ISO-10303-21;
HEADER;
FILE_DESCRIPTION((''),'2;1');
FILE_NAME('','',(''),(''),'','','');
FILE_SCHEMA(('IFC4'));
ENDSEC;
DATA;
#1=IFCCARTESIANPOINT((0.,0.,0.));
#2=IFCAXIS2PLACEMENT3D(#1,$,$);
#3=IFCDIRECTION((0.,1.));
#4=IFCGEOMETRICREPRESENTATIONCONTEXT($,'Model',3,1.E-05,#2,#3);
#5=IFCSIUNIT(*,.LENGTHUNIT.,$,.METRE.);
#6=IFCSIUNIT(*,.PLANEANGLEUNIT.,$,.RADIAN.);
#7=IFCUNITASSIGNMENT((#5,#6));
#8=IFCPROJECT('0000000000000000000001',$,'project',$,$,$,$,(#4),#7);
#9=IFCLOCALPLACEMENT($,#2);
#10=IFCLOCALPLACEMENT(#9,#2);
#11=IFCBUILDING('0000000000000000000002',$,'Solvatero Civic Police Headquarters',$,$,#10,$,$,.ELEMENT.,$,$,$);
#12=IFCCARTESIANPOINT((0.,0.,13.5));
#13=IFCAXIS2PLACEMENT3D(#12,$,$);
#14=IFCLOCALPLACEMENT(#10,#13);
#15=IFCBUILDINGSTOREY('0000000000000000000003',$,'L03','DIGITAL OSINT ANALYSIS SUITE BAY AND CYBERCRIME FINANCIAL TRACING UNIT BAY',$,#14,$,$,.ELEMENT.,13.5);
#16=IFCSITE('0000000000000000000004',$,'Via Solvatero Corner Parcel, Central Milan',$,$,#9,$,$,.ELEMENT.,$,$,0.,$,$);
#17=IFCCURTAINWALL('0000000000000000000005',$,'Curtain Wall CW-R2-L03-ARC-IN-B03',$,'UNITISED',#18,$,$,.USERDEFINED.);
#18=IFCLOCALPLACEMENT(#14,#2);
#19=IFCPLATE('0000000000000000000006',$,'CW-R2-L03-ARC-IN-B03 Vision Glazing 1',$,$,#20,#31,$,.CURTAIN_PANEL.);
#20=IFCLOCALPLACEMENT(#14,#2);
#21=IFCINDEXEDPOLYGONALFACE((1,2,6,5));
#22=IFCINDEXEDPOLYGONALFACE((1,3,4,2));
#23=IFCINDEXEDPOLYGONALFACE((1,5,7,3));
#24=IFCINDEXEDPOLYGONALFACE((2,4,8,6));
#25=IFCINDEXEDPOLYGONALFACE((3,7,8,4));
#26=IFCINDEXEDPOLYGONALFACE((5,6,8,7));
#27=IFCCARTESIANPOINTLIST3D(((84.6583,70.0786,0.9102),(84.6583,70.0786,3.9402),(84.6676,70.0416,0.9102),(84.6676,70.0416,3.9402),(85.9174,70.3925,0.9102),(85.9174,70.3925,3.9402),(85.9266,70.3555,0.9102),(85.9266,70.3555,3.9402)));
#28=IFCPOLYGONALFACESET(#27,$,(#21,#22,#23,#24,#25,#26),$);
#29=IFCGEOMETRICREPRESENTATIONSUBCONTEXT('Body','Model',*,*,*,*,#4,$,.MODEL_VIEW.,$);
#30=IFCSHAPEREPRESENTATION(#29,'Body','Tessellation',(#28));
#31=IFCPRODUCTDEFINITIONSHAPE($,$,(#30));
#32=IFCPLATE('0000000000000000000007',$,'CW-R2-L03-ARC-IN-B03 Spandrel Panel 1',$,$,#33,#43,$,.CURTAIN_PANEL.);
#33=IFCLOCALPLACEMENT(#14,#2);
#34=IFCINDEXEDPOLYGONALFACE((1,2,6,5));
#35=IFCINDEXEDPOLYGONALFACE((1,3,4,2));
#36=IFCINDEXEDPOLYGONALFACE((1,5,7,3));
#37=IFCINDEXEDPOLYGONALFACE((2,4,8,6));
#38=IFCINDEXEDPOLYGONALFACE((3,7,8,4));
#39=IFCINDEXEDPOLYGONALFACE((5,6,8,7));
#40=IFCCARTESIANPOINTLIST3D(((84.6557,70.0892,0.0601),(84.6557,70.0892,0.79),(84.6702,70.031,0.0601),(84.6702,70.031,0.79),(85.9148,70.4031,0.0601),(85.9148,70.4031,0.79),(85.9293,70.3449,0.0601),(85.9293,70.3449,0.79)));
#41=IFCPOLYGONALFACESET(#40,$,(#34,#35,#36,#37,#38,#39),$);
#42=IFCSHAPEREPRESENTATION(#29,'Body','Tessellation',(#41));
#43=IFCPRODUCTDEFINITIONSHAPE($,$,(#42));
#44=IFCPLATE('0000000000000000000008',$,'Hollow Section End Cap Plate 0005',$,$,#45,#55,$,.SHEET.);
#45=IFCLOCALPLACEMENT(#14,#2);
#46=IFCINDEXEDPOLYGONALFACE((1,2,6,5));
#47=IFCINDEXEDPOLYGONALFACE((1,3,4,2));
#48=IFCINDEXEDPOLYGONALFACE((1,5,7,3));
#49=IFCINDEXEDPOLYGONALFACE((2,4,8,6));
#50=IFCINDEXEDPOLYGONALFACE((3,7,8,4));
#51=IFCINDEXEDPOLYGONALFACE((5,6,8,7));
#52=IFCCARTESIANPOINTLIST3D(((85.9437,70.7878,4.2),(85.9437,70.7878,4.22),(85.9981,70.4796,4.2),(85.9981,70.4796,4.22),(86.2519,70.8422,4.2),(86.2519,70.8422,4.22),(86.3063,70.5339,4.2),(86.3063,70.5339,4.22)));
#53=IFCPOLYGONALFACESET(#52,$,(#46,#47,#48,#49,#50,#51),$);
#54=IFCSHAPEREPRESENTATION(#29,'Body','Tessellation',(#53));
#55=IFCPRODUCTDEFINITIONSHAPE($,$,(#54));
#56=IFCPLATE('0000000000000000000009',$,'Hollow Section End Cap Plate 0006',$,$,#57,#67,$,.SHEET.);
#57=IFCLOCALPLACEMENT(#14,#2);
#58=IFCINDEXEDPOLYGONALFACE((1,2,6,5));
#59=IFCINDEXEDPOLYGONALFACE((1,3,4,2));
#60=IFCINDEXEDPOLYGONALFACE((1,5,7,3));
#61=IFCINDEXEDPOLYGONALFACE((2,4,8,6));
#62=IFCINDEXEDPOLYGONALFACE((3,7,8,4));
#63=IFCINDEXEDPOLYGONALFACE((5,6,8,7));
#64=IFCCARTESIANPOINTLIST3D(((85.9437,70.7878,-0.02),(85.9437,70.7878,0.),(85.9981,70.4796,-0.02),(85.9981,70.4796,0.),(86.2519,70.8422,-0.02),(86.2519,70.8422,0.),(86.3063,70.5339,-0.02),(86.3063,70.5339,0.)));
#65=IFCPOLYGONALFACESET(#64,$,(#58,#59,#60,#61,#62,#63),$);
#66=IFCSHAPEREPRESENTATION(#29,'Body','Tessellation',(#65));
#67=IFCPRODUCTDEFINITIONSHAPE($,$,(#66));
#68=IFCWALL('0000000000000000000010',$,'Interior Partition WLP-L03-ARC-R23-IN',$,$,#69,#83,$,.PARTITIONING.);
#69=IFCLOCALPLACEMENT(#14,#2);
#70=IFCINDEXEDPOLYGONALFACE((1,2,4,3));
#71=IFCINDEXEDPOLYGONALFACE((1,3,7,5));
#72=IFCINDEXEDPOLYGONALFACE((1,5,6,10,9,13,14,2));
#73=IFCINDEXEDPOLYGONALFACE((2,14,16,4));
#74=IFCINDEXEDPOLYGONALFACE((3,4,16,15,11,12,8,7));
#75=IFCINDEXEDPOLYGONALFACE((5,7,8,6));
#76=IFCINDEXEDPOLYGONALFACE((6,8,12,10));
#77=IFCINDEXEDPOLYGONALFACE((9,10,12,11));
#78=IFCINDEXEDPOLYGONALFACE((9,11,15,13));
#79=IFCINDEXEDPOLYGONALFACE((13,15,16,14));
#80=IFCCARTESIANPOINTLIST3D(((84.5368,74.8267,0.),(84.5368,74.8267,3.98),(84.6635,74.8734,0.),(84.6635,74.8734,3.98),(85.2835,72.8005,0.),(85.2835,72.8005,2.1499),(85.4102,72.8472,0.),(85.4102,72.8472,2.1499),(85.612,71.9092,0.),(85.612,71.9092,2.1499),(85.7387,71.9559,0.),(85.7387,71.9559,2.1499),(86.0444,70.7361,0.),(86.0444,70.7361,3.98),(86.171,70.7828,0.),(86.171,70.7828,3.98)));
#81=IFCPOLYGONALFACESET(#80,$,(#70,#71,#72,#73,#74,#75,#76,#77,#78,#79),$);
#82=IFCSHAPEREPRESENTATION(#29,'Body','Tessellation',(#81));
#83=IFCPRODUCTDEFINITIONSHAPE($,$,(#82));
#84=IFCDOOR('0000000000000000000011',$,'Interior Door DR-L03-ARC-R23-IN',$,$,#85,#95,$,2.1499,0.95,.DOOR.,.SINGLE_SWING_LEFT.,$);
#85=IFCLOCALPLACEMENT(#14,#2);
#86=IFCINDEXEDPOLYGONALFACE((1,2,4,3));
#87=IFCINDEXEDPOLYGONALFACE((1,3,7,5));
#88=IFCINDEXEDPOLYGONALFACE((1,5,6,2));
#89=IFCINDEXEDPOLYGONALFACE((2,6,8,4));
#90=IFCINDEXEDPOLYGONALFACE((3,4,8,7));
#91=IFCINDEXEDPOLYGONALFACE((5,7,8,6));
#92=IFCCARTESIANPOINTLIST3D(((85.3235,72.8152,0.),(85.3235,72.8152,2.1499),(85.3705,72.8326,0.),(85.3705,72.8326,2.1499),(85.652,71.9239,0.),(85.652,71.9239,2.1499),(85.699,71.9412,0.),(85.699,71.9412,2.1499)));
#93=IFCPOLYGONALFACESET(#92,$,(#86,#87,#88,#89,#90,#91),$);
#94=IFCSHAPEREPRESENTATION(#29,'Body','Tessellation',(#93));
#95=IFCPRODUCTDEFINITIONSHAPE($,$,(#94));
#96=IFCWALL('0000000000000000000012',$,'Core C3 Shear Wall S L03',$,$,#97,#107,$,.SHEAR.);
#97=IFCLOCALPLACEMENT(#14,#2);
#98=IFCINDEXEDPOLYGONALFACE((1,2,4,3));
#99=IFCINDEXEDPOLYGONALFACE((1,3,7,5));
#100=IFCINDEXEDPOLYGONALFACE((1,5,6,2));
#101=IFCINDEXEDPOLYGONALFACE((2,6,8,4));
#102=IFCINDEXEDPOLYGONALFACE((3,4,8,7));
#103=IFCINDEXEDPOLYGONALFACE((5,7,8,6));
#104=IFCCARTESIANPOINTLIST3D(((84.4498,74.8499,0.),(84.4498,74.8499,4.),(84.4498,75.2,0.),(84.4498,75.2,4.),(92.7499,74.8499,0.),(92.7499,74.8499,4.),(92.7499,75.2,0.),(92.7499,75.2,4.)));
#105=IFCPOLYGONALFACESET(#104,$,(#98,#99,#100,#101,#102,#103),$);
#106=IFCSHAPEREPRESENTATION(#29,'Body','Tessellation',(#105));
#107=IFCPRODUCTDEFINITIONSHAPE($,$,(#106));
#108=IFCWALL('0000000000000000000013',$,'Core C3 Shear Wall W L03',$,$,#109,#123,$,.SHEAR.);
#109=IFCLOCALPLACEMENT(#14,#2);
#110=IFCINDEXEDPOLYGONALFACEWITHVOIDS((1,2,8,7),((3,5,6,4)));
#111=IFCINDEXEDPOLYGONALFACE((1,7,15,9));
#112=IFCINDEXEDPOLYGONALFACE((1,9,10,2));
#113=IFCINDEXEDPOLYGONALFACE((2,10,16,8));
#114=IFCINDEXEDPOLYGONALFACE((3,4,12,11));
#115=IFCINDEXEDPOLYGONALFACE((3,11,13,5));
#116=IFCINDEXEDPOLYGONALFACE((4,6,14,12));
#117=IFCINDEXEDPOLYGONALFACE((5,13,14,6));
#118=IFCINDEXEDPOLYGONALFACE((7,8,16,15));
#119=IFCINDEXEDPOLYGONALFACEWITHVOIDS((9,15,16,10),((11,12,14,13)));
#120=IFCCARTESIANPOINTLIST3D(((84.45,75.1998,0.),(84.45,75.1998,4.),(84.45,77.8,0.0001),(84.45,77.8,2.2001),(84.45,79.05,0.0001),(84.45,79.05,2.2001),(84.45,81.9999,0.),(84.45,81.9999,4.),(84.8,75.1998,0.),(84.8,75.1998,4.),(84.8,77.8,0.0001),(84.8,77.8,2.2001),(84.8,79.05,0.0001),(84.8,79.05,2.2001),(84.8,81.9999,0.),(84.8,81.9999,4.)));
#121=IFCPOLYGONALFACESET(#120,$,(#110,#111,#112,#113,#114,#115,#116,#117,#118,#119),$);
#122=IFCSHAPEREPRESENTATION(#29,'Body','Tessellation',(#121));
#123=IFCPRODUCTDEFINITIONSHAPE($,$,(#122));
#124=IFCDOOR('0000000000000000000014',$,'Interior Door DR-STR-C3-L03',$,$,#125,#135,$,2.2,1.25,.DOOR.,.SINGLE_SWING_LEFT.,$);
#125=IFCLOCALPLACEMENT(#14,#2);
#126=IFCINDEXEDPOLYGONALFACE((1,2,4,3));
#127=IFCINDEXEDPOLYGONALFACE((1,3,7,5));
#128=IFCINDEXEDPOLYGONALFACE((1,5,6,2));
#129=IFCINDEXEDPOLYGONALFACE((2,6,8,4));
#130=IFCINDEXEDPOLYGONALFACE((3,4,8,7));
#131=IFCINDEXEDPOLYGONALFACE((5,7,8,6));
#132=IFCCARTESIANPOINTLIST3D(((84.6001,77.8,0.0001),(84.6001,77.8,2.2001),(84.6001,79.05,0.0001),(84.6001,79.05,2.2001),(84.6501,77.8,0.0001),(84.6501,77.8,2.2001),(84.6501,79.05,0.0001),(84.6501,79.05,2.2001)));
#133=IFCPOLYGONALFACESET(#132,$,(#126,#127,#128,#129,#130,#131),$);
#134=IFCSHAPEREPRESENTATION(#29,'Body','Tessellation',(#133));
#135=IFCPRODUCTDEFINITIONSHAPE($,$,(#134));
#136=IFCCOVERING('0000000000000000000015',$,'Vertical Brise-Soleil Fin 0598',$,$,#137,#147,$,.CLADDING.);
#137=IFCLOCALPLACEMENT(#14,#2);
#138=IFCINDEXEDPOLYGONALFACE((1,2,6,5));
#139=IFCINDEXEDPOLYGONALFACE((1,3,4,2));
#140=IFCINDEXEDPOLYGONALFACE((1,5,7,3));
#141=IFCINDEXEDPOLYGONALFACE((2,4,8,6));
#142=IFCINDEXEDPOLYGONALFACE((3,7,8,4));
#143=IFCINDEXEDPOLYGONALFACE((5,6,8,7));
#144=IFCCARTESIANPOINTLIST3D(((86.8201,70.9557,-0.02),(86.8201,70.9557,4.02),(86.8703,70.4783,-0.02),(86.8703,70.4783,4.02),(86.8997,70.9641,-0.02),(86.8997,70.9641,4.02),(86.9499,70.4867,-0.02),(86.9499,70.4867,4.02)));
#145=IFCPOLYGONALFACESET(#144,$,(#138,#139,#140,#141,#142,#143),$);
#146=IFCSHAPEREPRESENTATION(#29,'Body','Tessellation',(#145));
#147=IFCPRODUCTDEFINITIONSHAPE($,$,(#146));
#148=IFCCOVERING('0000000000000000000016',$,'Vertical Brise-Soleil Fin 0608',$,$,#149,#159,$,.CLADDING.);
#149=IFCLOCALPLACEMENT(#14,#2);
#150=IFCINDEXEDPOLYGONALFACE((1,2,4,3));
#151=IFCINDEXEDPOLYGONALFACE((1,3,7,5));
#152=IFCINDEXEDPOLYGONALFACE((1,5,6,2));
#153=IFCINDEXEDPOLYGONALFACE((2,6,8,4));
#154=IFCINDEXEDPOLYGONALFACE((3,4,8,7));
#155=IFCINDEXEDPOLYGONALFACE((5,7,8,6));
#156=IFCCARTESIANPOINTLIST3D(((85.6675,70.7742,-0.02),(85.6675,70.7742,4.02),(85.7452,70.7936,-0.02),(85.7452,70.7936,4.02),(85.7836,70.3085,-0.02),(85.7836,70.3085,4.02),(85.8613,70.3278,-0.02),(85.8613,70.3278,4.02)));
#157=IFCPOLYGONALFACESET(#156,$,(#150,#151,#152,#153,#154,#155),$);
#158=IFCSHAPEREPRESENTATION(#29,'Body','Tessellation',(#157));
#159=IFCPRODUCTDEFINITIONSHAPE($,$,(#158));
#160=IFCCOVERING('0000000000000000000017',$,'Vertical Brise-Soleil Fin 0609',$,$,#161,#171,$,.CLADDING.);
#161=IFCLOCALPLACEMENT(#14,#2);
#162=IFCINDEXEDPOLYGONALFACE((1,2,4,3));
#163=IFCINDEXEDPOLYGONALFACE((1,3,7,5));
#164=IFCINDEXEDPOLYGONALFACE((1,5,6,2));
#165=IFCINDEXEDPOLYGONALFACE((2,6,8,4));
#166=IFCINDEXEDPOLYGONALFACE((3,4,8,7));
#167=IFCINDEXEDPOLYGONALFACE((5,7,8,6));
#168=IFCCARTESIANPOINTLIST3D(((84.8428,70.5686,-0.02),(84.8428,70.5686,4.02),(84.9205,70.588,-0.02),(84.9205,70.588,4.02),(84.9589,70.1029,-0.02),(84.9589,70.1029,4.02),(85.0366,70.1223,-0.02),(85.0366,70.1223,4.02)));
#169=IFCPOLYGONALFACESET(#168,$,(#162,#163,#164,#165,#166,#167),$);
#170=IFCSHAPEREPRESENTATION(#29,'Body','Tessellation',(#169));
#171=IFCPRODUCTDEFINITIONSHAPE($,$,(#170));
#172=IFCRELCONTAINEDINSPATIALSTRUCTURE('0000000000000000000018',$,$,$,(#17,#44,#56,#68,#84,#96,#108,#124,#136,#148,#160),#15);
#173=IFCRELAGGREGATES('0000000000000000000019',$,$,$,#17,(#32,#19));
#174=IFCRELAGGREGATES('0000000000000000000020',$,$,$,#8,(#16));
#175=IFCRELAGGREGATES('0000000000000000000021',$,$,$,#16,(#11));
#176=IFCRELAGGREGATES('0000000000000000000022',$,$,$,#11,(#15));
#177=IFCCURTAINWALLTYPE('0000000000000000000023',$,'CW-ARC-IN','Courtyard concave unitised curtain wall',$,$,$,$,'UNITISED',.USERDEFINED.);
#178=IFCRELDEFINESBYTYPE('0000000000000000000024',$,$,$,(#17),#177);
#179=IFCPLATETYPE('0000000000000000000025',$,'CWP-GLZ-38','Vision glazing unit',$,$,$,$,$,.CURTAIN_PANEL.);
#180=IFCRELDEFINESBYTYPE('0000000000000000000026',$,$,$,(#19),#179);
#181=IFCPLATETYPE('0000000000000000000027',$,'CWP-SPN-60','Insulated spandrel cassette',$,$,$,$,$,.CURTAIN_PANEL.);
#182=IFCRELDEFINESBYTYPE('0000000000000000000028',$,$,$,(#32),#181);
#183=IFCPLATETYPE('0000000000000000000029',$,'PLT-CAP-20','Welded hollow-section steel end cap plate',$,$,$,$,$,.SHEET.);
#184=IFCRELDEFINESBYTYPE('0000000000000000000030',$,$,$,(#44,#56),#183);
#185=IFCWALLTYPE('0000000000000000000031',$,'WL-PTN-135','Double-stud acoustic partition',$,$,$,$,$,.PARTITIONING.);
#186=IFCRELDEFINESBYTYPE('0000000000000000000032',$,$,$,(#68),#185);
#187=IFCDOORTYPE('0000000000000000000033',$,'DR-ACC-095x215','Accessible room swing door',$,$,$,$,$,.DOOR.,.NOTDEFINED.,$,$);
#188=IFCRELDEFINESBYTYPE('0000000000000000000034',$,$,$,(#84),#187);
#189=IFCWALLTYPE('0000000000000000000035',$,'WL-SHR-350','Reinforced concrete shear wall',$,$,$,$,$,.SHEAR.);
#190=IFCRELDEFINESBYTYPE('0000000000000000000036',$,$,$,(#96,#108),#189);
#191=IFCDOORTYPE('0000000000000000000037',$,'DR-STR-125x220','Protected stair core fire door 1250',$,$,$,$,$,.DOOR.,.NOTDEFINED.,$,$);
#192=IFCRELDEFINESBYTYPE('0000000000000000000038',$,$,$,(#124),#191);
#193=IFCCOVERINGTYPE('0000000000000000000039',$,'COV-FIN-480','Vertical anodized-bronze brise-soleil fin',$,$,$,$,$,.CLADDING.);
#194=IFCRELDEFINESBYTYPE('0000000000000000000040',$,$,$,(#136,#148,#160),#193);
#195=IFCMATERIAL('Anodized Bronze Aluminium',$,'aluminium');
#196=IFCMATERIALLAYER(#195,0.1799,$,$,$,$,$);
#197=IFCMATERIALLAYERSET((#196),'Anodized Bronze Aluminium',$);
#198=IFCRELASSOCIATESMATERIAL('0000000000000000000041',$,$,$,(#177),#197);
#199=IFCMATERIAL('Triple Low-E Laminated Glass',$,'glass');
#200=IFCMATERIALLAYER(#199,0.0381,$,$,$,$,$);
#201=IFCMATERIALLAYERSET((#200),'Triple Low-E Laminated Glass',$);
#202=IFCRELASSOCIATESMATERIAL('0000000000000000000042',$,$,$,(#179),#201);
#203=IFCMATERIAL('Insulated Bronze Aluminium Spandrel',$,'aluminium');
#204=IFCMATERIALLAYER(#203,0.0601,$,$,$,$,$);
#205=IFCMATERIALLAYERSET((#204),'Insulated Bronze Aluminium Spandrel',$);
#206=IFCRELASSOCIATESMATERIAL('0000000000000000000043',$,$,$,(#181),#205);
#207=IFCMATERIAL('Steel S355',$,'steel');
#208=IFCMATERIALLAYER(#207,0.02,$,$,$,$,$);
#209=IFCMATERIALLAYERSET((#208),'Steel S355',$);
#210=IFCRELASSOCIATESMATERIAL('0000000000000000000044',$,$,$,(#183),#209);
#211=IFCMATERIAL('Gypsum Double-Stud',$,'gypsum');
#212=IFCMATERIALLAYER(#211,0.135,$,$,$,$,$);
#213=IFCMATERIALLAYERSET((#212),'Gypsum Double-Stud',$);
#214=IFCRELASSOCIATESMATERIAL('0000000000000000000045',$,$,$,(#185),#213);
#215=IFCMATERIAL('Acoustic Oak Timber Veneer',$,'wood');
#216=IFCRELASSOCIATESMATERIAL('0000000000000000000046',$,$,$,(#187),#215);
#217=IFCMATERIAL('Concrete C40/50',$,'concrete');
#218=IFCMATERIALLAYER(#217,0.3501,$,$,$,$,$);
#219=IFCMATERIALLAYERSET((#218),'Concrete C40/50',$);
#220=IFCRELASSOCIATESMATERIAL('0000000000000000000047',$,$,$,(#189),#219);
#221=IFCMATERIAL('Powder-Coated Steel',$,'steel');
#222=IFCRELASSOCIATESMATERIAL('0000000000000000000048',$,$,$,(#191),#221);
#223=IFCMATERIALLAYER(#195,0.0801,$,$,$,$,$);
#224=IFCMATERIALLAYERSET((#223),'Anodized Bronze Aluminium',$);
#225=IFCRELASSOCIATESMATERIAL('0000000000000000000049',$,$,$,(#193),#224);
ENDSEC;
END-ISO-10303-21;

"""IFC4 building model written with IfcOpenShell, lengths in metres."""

from ifc_helpers import new_model, si_unit, direction, frame, frame_2d, origin, origin_2d, place, context, subcontext, project, spatial, rectangle, extrude, material, layer, layer_set, type_object, element, fill, aggregate, save


model = new_model("IFC4")

# Units and contexts
model_context = context("Model", 3, precision=1e-05, world=origin(), true_north=direction((0.0, 1.0)))
body_context = subcontext(model_context, "Body", "Model", "MODEL_VIEW")
ifc_project = project(units=[si_unit("LENGTHUNIT", "METRE"), si_unit("PLANEANGLEUNIT", "RADIAN")], contexts=[model_context])

# Site, building, storey
site_placement = place(None, origin())
site = spatial("IfcSite", under=ifc_project, at=site_placement, Name="Via Solvatero Corner Parcel, Central Milan", CompositionType="ELEMENT", RefElevation=0.0)
building_placement = place(site_placement, origin())
building = spatial("IfcBuilding", under=site, at=building_placement, Name="Solvatero Civic Police Headquarters", CompositionType="ELEMENT")
storey_placement = place(building_placement, frame((0.0, 0.0, 13.5)))
storey = spatial("IfcBuildingStorey", under=building, at=storey_placement, Name="L03", Description="DIGITAL OSINT ANALYSIS SUITE BAY AND CYBERCRIME FINANCIAL TRACING UNIT BAY", CompositionType="ELEMENT", Elevation=13.5)

# Shared definitions
ifc_material_1 = material(Name="Steel S355", Category="steel")

# Curtain wall
ifc_material_2 = material(Name="Anodized Bronze Aluminium", Category="aluminium")
ifc_layer_1 = layer(ifc_material_2, 0.1799)
ifc_layer_set_1 = layer_set([ifc_layer_1], Name="Anodized Bronze Aluminium")
curtain_wall_type = type_object("IfcCurtainWallType", Name="CW-ARC-IN", Description="Courtyard concave unitised curtain wall", ElementType="UNITISED", PredefinedType="USERDEFINED", material=ifc_layer_set_1)
curtain_wall_1_placement = place(storey_placement, origin())
curtain_wall_1 = element("IfcCurtainWall", 1, at=curtain_wall_1_placement, inside=storey, type_object=curtain_wall_type, Name="Curtain Wall CW-R2-L03-ARC-IN-B03", ObjectType="UNITISED", PredefinedType="USERDEFINED")

# Plates
ifc_material_3 = material(Name="Triple Low-E Laminated Glass", Category="glass")
ifc_layer_2 = layer(ifc_material_3, 0.0381)
ifc_layer_set_2 = layer_set([ifc_layer_2], Name="Triple Low-E Laminated Glass")
plate_type_1 = type_object("IfcPlateType", Name="CWP-GLZ-38", Description="Vision glazing unit", PredefinedType="CURTAIN_PANEL", material=ifc_layer_set_2)
plate_1_placement = place(storey_placement, frame((85.2925, 70.217, 0.9102), z_axis=(0.0, 0.0, 1.0), x_axis=(-0.9703, -0.241905, 0.0)))
plate_1 = element("IfcPlate", 2, at=plate_1_placement, type_object=plate_type_1, Name="CW-R2-L03-ARC-IN-B03 Vision Glazing 1", PredefinedType="CURTAIN_PANEL", context=body_context, shape_type="SweptSolid", body=[
    extrude(rectangle(XDim=1.2976, YDim=0.0381, at=origin_2d()), origin(), (0.0, 0.0, 1.0), 3.03),
])
ifc_material_4 = material(Name="Insulated Bronze Aluminium Spandrel", Category="aluminium")
ifc_layer_3 = layer(ifc_material_4, 0.0601)
ifc_layer_set_3 = layer_set([ifc_layer_3], Name="Insulated Bronze Aluminium Spandrel")
plate_type_2 = type_object("IfcPlateType", Name="CWP-SPN-60", Description="Insulated spandrel cassette", PredefinedType="CURTAIN_PANEL", material=ifc_layer_set_3)
plate_2_placement = place(storey_placement, frame((85.2925, 70.217, 0.0601), z_axis=(0.0, 0.0, 1.0), x_axis=(-0.9703, -0.241905, 0.0)))
plate_2 = element("IfcPlate", 3, at=plate_2_placement, type_object=plate_type_2, Name="CW-R2-L03-ARC-IN-B03 Spandrel Panel 1", PredefinedType="CURTAIN_PANEL", context=body_context, shape_type="SweptSolid", body=[
    extrude(rectangle(XDim=1.2976, YDim=0.0601, at=origin_2d()), origin(), (0.0, 0.0, 1.0), 0.73),
])
aggregate(curtain_wall_1, [plate_2, plate_1])

# Plates
ifc_layer_4 = layer(ifc_material_1, 0.02)
ifc_layer_set_4 = layer_set([ifc_layer_4], Name="Steel S355")
plate_type_3 = type_object("IfcPlateType", Name="PLT-CAP-20", Description="Welded hollow-section steel end cap plate", PredefinedType="SHEET", material=ifc_layer_set_4)
for number, where, z_axis, x_axis, name in (
    (4, (86.125, 70.6609, 4.2), (0.0, 0.0, 1.0), (0.984808, 0.173648, 0.0), "Hollow Section End Cap Plate 0005"),
    (5, (86.125, 70.6609, -0.02), (0.0, 0.0, 1.0), (0.984808, 0.173648, 0.0), "Hollow Section End Cap Plate 0006"),
):
    element("IfcPlate", number, at=place(storey_placement, frame(where, z_axis=z_axis, x_axis=x_axis)), inside=storey, type_object=plate_type_3, Name=name, PredefinedType="SHEET", context=body_context, shape_type="SweptSolid", body=[
        extrude(rectangle(XDim=0.313, YDim=0.313, at=origin_2d()), origin(), (0.0, 0.0, 1.0), 0.02),
    ])

# Wall, opening, door
ifc_material_5 = material(Name="Gypsum Double-Stud", Category="gypsum")
ifc_layer_5 = layer(ifc_material_5, 0.135)
ifc_layer_set_5 = layer_set([ifc_layer_5], Name="Gypsum Double-Stud")
wall_type_1 = type_object("IfcWallType", Name="WL-PTN-135", Description="Double-stud acoustic partition", PredefinedType="PARTITIONING", material=ifc_layer_set_5)
wall_1_placement = place(storey_placement, frame((86.1077, 70.7595, 0.0), z_axis=(0.0, 0.0, 1.0), x_axis=(-0.345809, 0.938305, 0.0)))
wall_1 = element("IfcWall", 6, at=wall_1_placement, inside=storey, type_object=wall_type_1, Name="Interior Partition WLP-L03-ARC-R23-IN", PredefinedType="PARTITIONING", context=body_context, shape_type="SweptSolid", body=[
    extrude(rectangle(XDim=4.3596, YDim=0.135, at=frame_2d((2.1797, 0.0))), origin(), (0.0, 0.0, 1.0), 3.98),
])
opening_1_placement = place(wall_1_placement, frame((1.25, 0.0, 0.0)))
opening_1 = element("IfcOpeningElement", 7, at=opening_1_placement, cuts=wall_1, PredefinedType="OPENING", context=body_context, shape_type="SweptSolid", body=[
    extrude(rectangle(XDim=0.95, YDim=2.1499, at=frame_2d((0.4751, 1.075))), frame((0.0, 0.0774, 0.0), z_axis=(0.0, -1.0, 0.0), x_axis=(1.0, 0.0, 0.0)), (0.0, 0.0, 1.0), 0.155),
])
ifc_material_6 = material(Name="Acoustic Oak Timber Veneer", Category="wood")
door_type_1 = type_object("IfcDoorType", Name="DR-ACC-095x215", Description="Accessible room swing door", OperationType="NOTDEFINED", PredefinedType="DOOR", material=ifc_material_6)
door_1_placement = place(opening_1_placement, origin())
door_1 = element("IfcDoor", 8, at=door_1_placement, inside=storey, type_object=door_type_1, Name="Interior Door DR-L03-ARC-R23-IN", OperationType="SINGLE_SWING_LEFT", OverallHeight=2.1499, OverallWidth=0.95, PredefinedType="DOOR", context=body_context, shape_type="SweptSolid", body=[
    extrude(rectangle(XDim=0.95, YDim=2.1499, at=frame_2d((0.4751, 1.075))), frame((0.0, 0.0249, 0.0), z_axis=(0.0, -1.0, 0.0), x_axis=(1.0, 0.0, 0.0)), (0.0, 0.0, 1.0), 0.05),
])
fill(opening_1, door_1)

# Wall
ifc_material_7 = material(Name="Concrete C40/50", Category="concrete")
ifc_layer_6 = layer(ifc_material_7, 0.3501)
ifc_layer_set_6 = layer_set([ifc_layer_6], Name="Concrete C40/50")
wall_type_2 = type_object("IfcWallType", Name="WL-SHR-350", Description="Reinforced concrete shear wall", PredefinedType="SHEAR", material=ifc_layer_set_6)
wall_2_placement = place(storey_placement, frame((84.45, 75.0249, 0.0), z_axis=(0.0, 0.0, 1.0), x_axis=(1.0, 0.0, 0.0)))
element("IfcWall", 9, at=wall_2_placement, inside=storey, type_object=wall_type_2, Name="Core C3 Shear Wall S L03", PredefinedType="SHEAR", context=body_context, shape_type="SweptSolid", body=[
    extrude(rectangle(XDim=8.3, YDim=0.3501, at=frame_2d((4.1499, 0.0))), origin(), (0.0, 0.0, 1.0), 4.0),
])

# Wall, opening, door
wall_3_placement = place(storey_placement, frame((84.625, 75.2, 0.0), z_axis=(0.0, 0.0, 1.0), x_axis=(0.0, 1.0, 0.0)))
wall_3 = element("IfcWall", 10, at=wall_3_placement, inside=storey, type_object=wall_type_2, Name="Core C3 Shear Wall W L03", PredefinedType="SHEAR", context=body_context, shape_type="SweptSolid", body=[
    extrude(rectangle(XDim=6.8, YDim=0.3501, at=frame_2d((3.3999, 0.0))), origin(), (0.0, 0.0, 1.0), 4.0),
])
opening_2_placement = place(wall_3_placement, frame((2.6001, 0.0, 0.0)))
opening_2 = element("IfcOpeningElement", 11, at=opening_2_placement, cuts=wall_3, PredefinedType="OPENING", context=body_context, shape_type="SweptSolid", body=[
    extrude(rectangle(XDim=1.25, YDim=2.2, at=frame_2d((0.625, 1.1001))), frame((0.0, 0.1851, 0.0), z_axis=(0.0, -1.0, 0.0), x_axis=(1.0, 0.0, 0.0)), (0.0, 0.0, 1.0), 0.3701),
])
ifc_material_8 = material(Name="Powder-Coated Steel", Category="steel")
door_type_2 = type_object("IfcDoorType", Name="DR-STR-125x220", Description="Protected stair core fire door 1250", OperationType="NOTDEFINED", PredefinedType="DOOR", material=ifc_material_8)
door_2_placement = place(opening_2_placement, origin())
door_2 = element("IfcDoor", 12, at=door_2_placement, inside=storey, type_object=door_type_2, Name="Interior Door DR-STR-C3-L03", OperationType="SINGLE_SWING_LEFT", OverallHeight=2.2, OverallWidth=1.25, PredefinedType="DOOR", context=body_context, shape_type="SweptSolid", body=[
    extrude(rectangle(XDim=1.25, YDim=2.2, at=frame_2d((0.625, 1.1001))), frame((0.0, 0.0249, 0.0), z_axis=(0.0, -1.0, 0.0), x_axis=(1.0, 0.0, 0.0)), (0.0, 0.0, 1.0), 0.05),
])
fill(opening_2, door_2)

# Coverings
ifc_layer_7 = layer(ifc_material_2, 0.0801)
ifc_layer_set_7 = layer_set([ifc_layer_7], Name="Anodized Bronze Aluminium")
covering_type = type_object("IfcCoveringType", Name="COV-FIN-480", Description="Vertical anodized-bronze brise-soleil fin", PredefinedType="CLADDING", material=ifc_layer_set_7)
for number, where, z_axis, x_axis, name in (
    (13, (86.885, 70.7212, -0.02), (0.0, 0.0, 1.0), (-0.994522, -0.104528, 0.0), "Vertical Brise-Soleil Fin 0598"),
    (14, (85.7644, 70.551, -0.02), (0.0, 0.0, 1.0), (-0.9703, -0.241905, 0.0), "Vertical Brise-Soleil Fin 0608"),
    (15, (84.9397, 70.3455, -0.02), (0.0, 0.0, 1.0), (-0.9703, -0.241905, 0.0), "Vertical Brise-Soleil Fin 0609"),
):
    element("IfcCovering", number, at=place(storey_placement, frame(where, z_axis=z_axis, x_axis=x_axis)), inside=storey, type_object=covering_type, Name=name, PredefinedType="CLADDING", context=body_context, shape_type="SweptSolid", body=[
        extrude(rectangle(XDim=0.0801, YDim=0.48, at=origin_2d()), origin(), (0.0, 0.0, 1.0), 4.04),
    ])

save(model, "model.ifc")
